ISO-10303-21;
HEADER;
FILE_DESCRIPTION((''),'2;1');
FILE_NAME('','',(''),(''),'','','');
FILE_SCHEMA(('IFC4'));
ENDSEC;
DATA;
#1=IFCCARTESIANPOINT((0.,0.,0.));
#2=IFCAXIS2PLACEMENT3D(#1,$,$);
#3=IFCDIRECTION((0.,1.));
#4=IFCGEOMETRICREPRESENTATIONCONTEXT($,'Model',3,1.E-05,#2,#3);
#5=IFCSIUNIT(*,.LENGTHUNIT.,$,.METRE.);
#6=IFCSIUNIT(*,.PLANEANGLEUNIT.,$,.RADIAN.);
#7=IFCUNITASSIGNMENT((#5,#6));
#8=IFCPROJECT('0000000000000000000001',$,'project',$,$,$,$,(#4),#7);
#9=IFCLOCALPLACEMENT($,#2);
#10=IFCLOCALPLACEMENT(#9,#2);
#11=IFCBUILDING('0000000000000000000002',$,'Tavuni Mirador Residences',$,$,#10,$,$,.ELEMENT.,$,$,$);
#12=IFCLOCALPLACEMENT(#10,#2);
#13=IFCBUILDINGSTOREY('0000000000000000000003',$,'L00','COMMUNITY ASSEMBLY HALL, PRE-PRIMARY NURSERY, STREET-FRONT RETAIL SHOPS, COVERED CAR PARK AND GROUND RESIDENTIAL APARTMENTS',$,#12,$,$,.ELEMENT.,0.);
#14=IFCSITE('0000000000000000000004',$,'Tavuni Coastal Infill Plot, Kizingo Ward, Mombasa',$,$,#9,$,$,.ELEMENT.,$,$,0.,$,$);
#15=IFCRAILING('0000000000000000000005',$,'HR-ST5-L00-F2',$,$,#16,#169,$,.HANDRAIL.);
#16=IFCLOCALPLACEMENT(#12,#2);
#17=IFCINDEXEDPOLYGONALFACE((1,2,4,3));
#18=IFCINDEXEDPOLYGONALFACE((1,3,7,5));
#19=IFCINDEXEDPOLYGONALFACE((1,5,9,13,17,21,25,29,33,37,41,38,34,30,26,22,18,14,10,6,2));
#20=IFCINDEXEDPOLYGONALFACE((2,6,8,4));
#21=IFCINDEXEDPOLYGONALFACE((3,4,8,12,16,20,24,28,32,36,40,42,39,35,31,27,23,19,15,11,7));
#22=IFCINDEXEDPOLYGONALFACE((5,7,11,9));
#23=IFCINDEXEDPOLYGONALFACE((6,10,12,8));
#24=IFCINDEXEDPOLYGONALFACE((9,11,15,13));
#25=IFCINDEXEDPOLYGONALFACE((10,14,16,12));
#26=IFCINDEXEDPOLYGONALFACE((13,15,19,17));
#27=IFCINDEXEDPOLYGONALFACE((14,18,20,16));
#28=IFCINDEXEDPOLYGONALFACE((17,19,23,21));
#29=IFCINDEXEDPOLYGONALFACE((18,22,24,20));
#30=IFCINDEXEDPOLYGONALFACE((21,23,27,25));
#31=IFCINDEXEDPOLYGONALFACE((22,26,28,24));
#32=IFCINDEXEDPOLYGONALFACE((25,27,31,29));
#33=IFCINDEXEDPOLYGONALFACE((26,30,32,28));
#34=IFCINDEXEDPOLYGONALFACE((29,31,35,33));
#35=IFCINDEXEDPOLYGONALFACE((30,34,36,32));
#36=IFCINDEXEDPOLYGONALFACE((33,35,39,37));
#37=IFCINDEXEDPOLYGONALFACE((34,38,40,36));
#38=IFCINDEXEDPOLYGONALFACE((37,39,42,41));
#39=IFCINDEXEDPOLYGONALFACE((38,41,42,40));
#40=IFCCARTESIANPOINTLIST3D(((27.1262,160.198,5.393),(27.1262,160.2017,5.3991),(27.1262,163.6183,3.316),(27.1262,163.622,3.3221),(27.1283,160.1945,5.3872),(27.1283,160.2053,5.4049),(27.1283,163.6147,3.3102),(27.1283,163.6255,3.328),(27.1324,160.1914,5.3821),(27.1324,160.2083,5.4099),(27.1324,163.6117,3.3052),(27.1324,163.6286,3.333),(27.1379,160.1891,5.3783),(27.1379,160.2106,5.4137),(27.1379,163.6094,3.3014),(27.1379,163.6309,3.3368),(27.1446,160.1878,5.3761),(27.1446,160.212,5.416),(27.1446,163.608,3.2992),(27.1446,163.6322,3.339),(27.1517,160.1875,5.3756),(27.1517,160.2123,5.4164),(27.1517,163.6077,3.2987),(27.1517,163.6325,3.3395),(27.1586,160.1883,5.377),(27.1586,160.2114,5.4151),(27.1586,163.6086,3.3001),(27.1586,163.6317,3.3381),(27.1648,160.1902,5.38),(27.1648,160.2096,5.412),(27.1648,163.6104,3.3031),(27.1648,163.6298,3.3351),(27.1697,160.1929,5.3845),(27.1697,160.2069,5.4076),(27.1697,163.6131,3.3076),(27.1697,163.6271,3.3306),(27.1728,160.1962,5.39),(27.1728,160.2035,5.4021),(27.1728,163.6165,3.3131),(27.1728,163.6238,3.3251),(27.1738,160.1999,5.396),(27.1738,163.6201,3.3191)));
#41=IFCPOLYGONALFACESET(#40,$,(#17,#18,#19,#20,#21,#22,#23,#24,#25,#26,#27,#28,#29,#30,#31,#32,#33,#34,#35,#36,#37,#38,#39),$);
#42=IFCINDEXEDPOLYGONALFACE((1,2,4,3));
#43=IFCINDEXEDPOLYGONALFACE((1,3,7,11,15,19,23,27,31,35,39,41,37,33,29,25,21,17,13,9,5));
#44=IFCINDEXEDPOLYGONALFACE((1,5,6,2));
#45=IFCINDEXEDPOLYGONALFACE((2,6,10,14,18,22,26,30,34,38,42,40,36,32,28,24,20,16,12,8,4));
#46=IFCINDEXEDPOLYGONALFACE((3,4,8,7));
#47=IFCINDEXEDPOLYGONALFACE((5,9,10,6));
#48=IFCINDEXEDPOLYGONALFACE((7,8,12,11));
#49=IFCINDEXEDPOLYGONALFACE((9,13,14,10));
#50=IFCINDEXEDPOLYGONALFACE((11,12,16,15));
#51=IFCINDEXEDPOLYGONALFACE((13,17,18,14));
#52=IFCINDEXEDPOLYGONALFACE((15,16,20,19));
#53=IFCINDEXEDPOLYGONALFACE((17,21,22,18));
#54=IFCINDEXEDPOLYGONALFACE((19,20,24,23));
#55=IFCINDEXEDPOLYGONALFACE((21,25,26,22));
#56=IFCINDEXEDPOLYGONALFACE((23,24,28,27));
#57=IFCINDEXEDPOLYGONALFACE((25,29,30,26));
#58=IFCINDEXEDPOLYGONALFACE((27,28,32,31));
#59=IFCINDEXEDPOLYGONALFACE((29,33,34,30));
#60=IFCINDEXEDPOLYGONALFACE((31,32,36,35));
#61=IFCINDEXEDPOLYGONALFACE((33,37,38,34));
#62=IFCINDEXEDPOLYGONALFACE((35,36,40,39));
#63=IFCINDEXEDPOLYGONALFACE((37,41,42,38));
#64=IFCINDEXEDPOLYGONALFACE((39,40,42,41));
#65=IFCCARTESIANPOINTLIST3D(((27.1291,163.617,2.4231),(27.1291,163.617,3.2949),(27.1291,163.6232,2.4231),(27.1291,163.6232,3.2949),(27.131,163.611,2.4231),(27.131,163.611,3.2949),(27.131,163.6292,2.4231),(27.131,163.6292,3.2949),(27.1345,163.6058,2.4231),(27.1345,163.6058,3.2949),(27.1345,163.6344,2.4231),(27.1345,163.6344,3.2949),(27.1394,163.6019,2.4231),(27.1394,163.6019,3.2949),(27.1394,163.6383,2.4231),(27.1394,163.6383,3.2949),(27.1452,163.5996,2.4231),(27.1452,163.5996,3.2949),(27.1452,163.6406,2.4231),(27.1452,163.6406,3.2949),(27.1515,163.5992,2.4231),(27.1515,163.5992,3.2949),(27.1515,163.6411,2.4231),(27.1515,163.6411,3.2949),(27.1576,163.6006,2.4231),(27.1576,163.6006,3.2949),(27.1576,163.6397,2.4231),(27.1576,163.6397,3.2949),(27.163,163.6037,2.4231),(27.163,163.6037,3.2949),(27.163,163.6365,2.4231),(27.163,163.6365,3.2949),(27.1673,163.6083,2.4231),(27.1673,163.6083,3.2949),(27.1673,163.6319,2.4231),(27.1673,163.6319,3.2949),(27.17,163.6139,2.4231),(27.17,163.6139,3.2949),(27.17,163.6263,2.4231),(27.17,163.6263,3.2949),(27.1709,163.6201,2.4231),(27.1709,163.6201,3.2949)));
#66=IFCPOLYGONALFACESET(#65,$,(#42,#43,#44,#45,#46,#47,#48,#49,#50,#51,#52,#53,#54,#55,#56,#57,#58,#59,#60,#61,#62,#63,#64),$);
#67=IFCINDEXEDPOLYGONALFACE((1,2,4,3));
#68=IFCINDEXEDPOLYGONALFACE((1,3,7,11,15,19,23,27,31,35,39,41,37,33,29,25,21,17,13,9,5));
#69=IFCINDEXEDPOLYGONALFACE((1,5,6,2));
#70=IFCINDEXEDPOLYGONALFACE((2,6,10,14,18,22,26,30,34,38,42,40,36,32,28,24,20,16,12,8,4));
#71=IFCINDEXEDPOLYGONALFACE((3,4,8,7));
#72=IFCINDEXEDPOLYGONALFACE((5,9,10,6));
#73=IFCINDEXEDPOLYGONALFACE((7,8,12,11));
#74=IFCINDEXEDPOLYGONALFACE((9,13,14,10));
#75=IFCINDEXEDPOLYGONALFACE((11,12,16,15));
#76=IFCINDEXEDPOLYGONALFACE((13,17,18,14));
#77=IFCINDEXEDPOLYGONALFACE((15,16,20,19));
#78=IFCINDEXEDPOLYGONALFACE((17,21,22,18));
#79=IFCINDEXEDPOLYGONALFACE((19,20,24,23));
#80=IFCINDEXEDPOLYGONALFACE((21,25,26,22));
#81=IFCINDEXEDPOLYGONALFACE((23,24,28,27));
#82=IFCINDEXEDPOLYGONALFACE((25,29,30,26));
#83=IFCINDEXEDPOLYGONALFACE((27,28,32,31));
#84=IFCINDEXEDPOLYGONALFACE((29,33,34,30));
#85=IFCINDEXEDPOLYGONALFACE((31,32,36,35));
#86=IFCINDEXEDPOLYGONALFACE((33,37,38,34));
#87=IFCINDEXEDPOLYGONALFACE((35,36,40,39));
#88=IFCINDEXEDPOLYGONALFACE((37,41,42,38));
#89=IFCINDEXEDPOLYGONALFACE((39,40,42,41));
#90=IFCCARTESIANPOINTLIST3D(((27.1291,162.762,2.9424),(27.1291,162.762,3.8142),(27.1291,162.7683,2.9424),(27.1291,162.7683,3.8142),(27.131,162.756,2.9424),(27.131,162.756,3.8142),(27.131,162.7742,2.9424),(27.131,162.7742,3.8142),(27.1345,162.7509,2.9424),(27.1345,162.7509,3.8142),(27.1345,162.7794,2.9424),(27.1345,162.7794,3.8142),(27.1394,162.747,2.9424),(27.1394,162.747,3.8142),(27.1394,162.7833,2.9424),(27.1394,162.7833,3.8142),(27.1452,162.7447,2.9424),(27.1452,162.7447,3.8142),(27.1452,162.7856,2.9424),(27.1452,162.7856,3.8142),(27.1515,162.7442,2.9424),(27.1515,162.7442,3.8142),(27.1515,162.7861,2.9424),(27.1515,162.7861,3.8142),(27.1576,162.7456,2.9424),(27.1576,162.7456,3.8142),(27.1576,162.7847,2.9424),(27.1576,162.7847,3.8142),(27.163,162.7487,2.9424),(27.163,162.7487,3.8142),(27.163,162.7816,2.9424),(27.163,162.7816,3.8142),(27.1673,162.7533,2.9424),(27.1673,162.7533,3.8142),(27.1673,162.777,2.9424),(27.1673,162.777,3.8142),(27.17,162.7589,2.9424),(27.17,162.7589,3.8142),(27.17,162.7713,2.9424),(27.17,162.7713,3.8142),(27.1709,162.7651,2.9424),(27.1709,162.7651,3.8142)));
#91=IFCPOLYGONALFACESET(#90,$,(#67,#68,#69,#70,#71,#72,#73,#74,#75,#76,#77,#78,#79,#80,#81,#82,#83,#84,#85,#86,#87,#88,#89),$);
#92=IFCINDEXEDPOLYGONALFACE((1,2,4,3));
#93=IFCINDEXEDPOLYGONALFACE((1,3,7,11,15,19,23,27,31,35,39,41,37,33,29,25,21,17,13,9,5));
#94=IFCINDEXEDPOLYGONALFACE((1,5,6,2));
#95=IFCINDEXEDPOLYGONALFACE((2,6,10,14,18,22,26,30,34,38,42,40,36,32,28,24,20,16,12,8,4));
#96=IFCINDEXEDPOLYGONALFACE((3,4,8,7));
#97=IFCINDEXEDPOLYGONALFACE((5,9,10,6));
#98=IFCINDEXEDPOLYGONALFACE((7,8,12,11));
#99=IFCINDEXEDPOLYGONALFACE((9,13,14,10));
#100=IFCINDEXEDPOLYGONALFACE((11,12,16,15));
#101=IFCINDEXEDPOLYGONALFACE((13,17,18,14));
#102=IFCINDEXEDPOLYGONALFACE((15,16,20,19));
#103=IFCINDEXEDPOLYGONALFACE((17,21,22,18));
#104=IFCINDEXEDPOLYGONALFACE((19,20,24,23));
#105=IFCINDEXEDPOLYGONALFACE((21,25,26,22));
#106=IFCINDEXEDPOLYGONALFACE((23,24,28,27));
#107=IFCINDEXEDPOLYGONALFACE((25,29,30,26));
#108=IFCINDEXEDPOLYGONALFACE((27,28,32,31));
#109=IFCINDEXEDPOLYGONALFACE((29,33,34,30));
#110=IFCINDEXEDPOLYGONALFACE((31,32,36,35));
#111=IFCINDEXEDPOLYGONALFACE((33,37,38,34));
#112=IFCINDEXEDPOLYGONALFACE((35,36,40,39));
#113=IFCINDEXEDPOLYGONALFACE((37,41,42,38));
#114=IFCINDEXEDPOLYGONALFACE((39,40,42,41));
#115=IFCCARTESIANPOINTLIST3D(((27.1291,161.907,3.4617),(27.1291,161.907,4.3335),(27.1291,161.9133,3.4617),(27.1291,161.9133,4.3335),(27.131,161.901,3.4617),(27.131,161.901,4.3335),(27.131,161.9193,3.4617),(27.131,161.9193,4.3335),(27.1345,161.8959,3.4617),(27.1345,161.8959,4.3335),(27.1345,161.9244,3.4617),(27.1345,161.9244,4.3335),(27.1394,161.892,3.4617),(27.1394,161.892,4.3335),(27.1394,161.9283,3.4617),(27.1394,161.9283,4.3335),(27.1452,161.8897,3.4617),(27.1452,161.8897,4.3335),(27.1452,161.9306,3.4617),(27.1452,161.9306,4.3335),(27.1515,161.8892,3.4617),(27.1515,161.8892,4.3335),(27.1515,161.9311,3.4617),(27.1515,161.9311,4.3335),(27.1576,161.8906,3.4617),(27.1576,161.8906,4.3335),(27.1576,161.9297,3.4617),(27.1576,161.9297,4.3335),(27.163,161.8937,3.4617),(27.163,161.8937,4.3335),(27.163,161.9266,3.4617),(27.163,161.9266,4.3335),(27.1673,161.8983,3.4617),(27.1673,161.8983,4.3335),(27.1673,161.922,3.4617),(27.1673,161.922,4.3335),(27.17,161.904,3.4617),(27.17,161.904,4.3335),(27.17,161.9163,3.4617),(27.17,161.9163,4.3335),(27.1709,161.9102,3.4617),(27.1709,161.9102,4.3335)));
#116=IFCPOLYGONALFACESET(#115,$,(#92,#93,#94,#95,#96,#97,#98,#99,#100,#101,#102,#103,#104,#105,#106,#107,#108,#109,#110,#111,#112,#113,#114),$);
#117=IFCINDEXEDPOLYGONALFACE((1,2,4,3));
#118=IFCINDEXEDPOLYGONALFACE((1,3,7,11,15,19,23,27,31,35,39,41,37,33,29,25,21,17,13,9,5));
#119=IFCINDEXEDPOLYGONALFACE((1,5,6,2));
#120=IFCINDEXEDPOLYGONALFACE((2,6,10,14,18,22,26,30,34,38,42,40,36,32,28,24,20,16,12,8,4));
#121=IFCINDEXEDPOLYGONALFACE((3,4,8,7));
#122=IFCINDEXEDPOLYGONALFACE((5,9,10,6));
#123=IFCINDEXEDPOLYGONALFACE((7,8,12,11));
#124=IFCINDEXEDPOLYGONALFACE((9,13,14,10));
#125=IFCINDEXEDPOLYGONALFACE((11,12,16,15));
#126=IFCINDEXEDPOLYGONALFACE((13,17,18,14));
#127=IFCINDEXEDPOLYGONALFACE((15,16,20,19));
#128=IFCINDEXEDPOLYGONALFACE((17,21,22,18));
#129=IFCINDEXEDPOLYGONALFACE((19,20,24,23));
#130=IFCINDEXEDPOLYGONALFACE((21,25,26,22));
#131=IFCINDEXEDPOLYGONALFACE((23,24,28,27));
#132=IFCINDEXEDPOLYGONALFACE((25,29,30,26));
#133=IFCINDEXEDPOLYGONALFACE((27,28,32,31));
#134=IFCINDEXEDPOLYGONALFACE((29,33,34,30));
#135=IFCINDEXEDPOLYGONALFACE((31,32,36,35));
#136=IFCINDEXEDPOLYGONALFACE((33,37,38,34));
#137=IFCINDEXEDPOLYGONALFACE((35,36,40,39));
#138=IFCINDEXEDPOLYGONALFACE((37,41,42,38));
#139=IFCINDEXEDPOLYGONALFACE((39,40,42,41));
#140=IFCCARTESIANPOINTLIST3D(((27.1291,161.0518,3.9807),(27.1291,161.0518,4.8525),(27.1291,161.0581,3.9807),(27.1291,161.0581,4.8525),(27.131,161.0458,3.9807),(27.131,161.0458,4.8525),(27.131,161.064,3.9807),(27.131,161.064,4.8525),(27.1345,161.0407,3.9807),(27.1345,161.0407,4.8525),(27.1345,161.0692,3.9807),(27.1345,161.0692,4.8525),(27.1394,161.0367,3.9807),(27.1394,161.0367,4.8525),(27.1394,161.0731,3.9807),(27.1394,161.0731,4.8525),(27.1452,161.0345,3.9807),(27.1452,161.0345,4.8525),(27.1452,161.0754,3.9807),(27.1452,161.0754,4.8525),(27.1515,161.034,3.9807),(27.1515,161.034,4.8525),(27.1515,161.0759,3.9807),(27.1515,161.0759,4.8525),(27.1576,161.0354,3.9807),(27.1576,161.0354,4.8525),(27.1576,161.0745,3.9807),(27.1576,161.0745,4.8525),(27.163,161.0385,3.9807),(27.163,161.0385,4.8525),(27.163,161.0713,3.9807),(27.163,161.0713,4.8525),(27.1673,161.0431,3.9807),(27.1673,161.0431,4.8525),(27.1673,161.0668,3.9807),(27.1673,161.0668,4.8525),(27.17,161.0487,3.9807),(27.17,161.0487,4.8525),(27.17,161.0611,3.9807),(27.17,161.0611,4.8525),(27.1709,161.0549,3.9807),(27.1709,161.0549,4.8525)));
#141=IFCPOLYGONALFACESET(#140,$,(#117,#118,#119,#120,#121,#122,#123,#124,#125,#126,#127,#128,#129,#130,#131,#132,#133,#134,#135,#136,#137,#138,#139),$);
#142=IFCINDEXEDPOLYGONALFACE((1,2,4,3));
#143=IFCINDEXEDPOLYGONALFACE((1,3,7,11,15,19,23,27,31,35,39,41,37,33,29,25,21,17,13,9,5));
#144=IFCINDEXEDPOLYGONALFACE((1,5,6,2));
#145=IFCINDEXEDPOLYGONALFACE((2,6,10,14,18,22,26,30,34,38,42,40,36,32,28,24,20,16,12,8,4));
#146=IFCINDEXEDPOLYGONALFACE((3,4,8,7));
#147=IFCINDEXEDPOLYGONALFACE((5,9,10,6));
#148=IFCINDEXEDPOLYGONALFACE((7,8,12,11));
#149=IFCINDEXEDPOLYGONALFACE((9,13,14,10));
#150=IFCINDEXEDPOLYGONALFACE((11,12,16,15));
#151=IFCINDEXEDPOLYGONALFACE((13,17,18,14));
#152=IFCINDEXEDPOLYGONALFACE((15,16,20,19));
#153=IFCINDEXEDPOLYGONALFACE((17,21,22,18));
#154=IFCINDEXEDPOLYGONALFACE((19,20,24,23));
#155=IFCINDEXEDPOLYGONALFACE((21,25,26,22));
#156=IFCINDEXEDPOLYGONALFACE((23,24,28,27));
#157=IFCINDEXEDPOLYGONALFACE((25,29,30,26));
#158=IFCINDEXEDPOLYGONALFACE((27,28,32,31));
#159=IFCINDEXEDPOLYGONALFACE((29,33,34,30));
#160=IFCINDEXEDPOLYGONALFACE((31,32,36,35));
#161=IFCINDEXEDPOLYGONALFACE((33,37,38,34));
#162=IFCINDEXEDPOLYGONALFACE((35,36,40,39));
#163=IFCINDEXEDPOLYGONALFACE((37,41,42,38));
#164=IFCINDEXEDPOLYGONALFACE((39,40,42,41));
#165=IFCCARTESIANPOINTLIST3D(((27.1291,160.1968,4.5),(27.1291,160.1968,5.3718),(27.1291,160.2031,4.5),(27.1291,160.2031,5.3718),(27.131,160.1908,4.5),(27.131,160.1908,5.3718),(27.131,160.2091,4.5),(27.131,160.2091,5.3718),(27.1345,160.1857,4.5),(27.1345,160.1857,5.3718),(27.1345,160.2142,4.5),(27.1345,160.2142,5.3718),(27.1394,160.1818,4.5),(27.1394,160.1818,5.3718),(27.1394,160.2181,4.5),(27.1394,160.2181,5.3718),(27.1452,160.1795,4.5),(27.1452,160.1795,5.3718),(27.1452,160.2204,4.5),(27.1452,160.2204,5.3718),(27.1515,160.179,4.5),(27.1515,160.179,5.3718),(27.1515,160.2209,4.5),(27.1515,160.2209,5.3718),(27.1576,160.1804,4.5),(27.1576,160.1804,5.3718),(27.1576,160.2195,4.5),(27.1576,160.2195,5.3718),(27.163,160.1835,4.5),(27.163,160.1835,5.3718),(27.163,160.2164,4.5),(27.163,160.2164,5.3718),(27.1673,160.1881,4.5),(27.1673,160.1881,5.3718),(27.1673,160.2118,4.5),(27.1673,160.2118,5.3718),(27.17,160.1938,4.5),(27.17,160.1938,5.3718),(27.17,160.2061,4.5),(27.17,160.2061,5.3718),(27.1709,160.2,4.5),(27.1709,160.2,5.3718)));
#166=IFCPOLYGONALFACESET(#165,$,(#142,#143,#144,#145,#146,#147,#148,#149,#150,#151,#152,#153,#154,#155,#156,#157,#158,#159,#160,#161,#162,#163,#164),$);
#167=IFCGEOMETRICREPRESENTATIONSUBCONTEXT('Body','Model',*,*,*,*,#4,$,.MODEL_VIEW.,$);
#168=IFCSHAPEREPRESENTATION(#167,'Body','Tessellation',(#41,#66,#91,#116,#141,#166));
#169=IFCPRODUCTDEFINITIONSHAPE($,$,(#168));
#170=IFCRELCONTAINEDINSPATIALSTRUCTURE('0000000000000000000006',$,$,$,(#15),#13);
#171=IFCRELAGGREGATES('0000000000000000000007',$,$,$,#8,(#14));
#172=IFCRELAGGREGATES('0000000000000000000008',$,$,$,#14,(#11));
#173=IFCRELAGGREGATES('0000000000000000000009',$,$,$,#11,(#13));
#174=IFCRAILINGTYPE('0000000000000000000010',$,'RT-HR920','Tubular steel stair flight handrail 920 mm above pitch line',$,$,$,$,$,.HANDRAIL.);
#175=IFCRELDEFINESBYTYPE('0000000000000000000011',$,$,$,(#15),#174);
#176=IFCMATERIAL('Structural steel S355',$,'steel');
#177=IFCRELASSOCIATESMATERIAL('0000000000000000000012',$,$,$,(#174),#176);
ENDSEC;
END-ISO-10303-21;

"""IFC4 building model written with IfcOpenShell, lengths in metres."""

from ifc_helpers import new_model, si_unit, direction, frame, origin, origin_2d, place, context, subcontext, project, spatial, circle, extrude, material, type_object, element, save


model = new_model("IFC4")

# Units and contexts
model_context = context("Model", 3, precision=1e-05, world=origin(), true_north=direction((0.0, 1.0)))
body_context = subcontext(model_context, "Body", "Model", "MODEL_VIEW")
ifc_project = project(units=[si_unit("LENGTHUNIT", "METRE"), si_unit("PLANEANGLEUNIT", "RADIAN")], contexts=[model_context])

# Site, building, storey
site_placement = place(None, origin())
site = spatial("IfcSite", under=ifc_project, at=site_placement, Name="Tavuni Coastal Infill Plot, Kizingo Ward, Mombasa", CompositionType="ELEMENT", RefElevation=0.0)
building_placement = place(site_placement, origin())
building = spatial("IfcBuilding", under=site, at=building_placement, Name="Tavuni Mirador Residences", CompositionType="ELEMENT")
storey_placement = place(building_placement, origin())
storey = spatial("IfcBuildingStorey", under=building, at=storey_placement, Name="L00", Description="COMMUNITY ASSEMBLY HALL, PRE-PRIMARY NURSERY, STREET-FRONT RETAIL SHOPS, COVERED CAR PARK AND GROUND RESIDENTIAL APARTMENTS", CompositionType="ELEMENT", Elevation=0.0)

# Shared definitions
ifc_material_1 = material(Name="Structural steel S355", Category="steel")

# Railing
railing_type_1 = type_object("IfcRailingType", Name="RT-HR920", Description="Tubular steel stair flight handrail 920 mm above pitch line", PredefinedType="HANDRAIL", material=ifc_material_1)
railing_1_placement = place(storey_placement, frame((27.1499, 163.6201, 2.4231)))
element("IfcRailing", 1, at=railing_1_placement, inside=storey, type_object=railing_type_1, Name="HR-ST5-L00-F2", PredefinedType="HANDRAIL", context=body_context, shape_type="SweptSolid", body=[
    extrude(circle(Radius=0.0239, at=origin_2d()), frame((0.0, 0.0, 0.896), z_axis=(0.0, -0.854746, 0.519047), x_axis=(1.0, 0.0, 0.0)), (0.0, 0.0, 1.0), 4.0015),
    extrude(circle(Radius=0.021, at=origin_2d()), origin(), (0.0, 0.0, 1.0), 0.8718),
    extrude(circle(Radius=0.021, at=origin_2d()), frame((0.0, -0.855, 0.5193)), (0.0, 0.0, 1.0), 0.8718),
    extrude(circle(Radius=0.021, at=origin_2d()), frame((0.0, -1.71, 1.0386)), (0.0, 0.0, 1.0), 0.8718),
    extrude(circle(Radius=0.021, at=origin_2d()), frame((0.0, -2.5652, 1.5576)), (0.0, 0.0, 1.0), 0.8718),
    extrude(circle(Radius=0.021, at=origin_2d()), frame((0.0, -3.4202, 2.0769)), (0.0, 0.0, 1.0), 0.8718),
])

save(model, "model.ifc")
